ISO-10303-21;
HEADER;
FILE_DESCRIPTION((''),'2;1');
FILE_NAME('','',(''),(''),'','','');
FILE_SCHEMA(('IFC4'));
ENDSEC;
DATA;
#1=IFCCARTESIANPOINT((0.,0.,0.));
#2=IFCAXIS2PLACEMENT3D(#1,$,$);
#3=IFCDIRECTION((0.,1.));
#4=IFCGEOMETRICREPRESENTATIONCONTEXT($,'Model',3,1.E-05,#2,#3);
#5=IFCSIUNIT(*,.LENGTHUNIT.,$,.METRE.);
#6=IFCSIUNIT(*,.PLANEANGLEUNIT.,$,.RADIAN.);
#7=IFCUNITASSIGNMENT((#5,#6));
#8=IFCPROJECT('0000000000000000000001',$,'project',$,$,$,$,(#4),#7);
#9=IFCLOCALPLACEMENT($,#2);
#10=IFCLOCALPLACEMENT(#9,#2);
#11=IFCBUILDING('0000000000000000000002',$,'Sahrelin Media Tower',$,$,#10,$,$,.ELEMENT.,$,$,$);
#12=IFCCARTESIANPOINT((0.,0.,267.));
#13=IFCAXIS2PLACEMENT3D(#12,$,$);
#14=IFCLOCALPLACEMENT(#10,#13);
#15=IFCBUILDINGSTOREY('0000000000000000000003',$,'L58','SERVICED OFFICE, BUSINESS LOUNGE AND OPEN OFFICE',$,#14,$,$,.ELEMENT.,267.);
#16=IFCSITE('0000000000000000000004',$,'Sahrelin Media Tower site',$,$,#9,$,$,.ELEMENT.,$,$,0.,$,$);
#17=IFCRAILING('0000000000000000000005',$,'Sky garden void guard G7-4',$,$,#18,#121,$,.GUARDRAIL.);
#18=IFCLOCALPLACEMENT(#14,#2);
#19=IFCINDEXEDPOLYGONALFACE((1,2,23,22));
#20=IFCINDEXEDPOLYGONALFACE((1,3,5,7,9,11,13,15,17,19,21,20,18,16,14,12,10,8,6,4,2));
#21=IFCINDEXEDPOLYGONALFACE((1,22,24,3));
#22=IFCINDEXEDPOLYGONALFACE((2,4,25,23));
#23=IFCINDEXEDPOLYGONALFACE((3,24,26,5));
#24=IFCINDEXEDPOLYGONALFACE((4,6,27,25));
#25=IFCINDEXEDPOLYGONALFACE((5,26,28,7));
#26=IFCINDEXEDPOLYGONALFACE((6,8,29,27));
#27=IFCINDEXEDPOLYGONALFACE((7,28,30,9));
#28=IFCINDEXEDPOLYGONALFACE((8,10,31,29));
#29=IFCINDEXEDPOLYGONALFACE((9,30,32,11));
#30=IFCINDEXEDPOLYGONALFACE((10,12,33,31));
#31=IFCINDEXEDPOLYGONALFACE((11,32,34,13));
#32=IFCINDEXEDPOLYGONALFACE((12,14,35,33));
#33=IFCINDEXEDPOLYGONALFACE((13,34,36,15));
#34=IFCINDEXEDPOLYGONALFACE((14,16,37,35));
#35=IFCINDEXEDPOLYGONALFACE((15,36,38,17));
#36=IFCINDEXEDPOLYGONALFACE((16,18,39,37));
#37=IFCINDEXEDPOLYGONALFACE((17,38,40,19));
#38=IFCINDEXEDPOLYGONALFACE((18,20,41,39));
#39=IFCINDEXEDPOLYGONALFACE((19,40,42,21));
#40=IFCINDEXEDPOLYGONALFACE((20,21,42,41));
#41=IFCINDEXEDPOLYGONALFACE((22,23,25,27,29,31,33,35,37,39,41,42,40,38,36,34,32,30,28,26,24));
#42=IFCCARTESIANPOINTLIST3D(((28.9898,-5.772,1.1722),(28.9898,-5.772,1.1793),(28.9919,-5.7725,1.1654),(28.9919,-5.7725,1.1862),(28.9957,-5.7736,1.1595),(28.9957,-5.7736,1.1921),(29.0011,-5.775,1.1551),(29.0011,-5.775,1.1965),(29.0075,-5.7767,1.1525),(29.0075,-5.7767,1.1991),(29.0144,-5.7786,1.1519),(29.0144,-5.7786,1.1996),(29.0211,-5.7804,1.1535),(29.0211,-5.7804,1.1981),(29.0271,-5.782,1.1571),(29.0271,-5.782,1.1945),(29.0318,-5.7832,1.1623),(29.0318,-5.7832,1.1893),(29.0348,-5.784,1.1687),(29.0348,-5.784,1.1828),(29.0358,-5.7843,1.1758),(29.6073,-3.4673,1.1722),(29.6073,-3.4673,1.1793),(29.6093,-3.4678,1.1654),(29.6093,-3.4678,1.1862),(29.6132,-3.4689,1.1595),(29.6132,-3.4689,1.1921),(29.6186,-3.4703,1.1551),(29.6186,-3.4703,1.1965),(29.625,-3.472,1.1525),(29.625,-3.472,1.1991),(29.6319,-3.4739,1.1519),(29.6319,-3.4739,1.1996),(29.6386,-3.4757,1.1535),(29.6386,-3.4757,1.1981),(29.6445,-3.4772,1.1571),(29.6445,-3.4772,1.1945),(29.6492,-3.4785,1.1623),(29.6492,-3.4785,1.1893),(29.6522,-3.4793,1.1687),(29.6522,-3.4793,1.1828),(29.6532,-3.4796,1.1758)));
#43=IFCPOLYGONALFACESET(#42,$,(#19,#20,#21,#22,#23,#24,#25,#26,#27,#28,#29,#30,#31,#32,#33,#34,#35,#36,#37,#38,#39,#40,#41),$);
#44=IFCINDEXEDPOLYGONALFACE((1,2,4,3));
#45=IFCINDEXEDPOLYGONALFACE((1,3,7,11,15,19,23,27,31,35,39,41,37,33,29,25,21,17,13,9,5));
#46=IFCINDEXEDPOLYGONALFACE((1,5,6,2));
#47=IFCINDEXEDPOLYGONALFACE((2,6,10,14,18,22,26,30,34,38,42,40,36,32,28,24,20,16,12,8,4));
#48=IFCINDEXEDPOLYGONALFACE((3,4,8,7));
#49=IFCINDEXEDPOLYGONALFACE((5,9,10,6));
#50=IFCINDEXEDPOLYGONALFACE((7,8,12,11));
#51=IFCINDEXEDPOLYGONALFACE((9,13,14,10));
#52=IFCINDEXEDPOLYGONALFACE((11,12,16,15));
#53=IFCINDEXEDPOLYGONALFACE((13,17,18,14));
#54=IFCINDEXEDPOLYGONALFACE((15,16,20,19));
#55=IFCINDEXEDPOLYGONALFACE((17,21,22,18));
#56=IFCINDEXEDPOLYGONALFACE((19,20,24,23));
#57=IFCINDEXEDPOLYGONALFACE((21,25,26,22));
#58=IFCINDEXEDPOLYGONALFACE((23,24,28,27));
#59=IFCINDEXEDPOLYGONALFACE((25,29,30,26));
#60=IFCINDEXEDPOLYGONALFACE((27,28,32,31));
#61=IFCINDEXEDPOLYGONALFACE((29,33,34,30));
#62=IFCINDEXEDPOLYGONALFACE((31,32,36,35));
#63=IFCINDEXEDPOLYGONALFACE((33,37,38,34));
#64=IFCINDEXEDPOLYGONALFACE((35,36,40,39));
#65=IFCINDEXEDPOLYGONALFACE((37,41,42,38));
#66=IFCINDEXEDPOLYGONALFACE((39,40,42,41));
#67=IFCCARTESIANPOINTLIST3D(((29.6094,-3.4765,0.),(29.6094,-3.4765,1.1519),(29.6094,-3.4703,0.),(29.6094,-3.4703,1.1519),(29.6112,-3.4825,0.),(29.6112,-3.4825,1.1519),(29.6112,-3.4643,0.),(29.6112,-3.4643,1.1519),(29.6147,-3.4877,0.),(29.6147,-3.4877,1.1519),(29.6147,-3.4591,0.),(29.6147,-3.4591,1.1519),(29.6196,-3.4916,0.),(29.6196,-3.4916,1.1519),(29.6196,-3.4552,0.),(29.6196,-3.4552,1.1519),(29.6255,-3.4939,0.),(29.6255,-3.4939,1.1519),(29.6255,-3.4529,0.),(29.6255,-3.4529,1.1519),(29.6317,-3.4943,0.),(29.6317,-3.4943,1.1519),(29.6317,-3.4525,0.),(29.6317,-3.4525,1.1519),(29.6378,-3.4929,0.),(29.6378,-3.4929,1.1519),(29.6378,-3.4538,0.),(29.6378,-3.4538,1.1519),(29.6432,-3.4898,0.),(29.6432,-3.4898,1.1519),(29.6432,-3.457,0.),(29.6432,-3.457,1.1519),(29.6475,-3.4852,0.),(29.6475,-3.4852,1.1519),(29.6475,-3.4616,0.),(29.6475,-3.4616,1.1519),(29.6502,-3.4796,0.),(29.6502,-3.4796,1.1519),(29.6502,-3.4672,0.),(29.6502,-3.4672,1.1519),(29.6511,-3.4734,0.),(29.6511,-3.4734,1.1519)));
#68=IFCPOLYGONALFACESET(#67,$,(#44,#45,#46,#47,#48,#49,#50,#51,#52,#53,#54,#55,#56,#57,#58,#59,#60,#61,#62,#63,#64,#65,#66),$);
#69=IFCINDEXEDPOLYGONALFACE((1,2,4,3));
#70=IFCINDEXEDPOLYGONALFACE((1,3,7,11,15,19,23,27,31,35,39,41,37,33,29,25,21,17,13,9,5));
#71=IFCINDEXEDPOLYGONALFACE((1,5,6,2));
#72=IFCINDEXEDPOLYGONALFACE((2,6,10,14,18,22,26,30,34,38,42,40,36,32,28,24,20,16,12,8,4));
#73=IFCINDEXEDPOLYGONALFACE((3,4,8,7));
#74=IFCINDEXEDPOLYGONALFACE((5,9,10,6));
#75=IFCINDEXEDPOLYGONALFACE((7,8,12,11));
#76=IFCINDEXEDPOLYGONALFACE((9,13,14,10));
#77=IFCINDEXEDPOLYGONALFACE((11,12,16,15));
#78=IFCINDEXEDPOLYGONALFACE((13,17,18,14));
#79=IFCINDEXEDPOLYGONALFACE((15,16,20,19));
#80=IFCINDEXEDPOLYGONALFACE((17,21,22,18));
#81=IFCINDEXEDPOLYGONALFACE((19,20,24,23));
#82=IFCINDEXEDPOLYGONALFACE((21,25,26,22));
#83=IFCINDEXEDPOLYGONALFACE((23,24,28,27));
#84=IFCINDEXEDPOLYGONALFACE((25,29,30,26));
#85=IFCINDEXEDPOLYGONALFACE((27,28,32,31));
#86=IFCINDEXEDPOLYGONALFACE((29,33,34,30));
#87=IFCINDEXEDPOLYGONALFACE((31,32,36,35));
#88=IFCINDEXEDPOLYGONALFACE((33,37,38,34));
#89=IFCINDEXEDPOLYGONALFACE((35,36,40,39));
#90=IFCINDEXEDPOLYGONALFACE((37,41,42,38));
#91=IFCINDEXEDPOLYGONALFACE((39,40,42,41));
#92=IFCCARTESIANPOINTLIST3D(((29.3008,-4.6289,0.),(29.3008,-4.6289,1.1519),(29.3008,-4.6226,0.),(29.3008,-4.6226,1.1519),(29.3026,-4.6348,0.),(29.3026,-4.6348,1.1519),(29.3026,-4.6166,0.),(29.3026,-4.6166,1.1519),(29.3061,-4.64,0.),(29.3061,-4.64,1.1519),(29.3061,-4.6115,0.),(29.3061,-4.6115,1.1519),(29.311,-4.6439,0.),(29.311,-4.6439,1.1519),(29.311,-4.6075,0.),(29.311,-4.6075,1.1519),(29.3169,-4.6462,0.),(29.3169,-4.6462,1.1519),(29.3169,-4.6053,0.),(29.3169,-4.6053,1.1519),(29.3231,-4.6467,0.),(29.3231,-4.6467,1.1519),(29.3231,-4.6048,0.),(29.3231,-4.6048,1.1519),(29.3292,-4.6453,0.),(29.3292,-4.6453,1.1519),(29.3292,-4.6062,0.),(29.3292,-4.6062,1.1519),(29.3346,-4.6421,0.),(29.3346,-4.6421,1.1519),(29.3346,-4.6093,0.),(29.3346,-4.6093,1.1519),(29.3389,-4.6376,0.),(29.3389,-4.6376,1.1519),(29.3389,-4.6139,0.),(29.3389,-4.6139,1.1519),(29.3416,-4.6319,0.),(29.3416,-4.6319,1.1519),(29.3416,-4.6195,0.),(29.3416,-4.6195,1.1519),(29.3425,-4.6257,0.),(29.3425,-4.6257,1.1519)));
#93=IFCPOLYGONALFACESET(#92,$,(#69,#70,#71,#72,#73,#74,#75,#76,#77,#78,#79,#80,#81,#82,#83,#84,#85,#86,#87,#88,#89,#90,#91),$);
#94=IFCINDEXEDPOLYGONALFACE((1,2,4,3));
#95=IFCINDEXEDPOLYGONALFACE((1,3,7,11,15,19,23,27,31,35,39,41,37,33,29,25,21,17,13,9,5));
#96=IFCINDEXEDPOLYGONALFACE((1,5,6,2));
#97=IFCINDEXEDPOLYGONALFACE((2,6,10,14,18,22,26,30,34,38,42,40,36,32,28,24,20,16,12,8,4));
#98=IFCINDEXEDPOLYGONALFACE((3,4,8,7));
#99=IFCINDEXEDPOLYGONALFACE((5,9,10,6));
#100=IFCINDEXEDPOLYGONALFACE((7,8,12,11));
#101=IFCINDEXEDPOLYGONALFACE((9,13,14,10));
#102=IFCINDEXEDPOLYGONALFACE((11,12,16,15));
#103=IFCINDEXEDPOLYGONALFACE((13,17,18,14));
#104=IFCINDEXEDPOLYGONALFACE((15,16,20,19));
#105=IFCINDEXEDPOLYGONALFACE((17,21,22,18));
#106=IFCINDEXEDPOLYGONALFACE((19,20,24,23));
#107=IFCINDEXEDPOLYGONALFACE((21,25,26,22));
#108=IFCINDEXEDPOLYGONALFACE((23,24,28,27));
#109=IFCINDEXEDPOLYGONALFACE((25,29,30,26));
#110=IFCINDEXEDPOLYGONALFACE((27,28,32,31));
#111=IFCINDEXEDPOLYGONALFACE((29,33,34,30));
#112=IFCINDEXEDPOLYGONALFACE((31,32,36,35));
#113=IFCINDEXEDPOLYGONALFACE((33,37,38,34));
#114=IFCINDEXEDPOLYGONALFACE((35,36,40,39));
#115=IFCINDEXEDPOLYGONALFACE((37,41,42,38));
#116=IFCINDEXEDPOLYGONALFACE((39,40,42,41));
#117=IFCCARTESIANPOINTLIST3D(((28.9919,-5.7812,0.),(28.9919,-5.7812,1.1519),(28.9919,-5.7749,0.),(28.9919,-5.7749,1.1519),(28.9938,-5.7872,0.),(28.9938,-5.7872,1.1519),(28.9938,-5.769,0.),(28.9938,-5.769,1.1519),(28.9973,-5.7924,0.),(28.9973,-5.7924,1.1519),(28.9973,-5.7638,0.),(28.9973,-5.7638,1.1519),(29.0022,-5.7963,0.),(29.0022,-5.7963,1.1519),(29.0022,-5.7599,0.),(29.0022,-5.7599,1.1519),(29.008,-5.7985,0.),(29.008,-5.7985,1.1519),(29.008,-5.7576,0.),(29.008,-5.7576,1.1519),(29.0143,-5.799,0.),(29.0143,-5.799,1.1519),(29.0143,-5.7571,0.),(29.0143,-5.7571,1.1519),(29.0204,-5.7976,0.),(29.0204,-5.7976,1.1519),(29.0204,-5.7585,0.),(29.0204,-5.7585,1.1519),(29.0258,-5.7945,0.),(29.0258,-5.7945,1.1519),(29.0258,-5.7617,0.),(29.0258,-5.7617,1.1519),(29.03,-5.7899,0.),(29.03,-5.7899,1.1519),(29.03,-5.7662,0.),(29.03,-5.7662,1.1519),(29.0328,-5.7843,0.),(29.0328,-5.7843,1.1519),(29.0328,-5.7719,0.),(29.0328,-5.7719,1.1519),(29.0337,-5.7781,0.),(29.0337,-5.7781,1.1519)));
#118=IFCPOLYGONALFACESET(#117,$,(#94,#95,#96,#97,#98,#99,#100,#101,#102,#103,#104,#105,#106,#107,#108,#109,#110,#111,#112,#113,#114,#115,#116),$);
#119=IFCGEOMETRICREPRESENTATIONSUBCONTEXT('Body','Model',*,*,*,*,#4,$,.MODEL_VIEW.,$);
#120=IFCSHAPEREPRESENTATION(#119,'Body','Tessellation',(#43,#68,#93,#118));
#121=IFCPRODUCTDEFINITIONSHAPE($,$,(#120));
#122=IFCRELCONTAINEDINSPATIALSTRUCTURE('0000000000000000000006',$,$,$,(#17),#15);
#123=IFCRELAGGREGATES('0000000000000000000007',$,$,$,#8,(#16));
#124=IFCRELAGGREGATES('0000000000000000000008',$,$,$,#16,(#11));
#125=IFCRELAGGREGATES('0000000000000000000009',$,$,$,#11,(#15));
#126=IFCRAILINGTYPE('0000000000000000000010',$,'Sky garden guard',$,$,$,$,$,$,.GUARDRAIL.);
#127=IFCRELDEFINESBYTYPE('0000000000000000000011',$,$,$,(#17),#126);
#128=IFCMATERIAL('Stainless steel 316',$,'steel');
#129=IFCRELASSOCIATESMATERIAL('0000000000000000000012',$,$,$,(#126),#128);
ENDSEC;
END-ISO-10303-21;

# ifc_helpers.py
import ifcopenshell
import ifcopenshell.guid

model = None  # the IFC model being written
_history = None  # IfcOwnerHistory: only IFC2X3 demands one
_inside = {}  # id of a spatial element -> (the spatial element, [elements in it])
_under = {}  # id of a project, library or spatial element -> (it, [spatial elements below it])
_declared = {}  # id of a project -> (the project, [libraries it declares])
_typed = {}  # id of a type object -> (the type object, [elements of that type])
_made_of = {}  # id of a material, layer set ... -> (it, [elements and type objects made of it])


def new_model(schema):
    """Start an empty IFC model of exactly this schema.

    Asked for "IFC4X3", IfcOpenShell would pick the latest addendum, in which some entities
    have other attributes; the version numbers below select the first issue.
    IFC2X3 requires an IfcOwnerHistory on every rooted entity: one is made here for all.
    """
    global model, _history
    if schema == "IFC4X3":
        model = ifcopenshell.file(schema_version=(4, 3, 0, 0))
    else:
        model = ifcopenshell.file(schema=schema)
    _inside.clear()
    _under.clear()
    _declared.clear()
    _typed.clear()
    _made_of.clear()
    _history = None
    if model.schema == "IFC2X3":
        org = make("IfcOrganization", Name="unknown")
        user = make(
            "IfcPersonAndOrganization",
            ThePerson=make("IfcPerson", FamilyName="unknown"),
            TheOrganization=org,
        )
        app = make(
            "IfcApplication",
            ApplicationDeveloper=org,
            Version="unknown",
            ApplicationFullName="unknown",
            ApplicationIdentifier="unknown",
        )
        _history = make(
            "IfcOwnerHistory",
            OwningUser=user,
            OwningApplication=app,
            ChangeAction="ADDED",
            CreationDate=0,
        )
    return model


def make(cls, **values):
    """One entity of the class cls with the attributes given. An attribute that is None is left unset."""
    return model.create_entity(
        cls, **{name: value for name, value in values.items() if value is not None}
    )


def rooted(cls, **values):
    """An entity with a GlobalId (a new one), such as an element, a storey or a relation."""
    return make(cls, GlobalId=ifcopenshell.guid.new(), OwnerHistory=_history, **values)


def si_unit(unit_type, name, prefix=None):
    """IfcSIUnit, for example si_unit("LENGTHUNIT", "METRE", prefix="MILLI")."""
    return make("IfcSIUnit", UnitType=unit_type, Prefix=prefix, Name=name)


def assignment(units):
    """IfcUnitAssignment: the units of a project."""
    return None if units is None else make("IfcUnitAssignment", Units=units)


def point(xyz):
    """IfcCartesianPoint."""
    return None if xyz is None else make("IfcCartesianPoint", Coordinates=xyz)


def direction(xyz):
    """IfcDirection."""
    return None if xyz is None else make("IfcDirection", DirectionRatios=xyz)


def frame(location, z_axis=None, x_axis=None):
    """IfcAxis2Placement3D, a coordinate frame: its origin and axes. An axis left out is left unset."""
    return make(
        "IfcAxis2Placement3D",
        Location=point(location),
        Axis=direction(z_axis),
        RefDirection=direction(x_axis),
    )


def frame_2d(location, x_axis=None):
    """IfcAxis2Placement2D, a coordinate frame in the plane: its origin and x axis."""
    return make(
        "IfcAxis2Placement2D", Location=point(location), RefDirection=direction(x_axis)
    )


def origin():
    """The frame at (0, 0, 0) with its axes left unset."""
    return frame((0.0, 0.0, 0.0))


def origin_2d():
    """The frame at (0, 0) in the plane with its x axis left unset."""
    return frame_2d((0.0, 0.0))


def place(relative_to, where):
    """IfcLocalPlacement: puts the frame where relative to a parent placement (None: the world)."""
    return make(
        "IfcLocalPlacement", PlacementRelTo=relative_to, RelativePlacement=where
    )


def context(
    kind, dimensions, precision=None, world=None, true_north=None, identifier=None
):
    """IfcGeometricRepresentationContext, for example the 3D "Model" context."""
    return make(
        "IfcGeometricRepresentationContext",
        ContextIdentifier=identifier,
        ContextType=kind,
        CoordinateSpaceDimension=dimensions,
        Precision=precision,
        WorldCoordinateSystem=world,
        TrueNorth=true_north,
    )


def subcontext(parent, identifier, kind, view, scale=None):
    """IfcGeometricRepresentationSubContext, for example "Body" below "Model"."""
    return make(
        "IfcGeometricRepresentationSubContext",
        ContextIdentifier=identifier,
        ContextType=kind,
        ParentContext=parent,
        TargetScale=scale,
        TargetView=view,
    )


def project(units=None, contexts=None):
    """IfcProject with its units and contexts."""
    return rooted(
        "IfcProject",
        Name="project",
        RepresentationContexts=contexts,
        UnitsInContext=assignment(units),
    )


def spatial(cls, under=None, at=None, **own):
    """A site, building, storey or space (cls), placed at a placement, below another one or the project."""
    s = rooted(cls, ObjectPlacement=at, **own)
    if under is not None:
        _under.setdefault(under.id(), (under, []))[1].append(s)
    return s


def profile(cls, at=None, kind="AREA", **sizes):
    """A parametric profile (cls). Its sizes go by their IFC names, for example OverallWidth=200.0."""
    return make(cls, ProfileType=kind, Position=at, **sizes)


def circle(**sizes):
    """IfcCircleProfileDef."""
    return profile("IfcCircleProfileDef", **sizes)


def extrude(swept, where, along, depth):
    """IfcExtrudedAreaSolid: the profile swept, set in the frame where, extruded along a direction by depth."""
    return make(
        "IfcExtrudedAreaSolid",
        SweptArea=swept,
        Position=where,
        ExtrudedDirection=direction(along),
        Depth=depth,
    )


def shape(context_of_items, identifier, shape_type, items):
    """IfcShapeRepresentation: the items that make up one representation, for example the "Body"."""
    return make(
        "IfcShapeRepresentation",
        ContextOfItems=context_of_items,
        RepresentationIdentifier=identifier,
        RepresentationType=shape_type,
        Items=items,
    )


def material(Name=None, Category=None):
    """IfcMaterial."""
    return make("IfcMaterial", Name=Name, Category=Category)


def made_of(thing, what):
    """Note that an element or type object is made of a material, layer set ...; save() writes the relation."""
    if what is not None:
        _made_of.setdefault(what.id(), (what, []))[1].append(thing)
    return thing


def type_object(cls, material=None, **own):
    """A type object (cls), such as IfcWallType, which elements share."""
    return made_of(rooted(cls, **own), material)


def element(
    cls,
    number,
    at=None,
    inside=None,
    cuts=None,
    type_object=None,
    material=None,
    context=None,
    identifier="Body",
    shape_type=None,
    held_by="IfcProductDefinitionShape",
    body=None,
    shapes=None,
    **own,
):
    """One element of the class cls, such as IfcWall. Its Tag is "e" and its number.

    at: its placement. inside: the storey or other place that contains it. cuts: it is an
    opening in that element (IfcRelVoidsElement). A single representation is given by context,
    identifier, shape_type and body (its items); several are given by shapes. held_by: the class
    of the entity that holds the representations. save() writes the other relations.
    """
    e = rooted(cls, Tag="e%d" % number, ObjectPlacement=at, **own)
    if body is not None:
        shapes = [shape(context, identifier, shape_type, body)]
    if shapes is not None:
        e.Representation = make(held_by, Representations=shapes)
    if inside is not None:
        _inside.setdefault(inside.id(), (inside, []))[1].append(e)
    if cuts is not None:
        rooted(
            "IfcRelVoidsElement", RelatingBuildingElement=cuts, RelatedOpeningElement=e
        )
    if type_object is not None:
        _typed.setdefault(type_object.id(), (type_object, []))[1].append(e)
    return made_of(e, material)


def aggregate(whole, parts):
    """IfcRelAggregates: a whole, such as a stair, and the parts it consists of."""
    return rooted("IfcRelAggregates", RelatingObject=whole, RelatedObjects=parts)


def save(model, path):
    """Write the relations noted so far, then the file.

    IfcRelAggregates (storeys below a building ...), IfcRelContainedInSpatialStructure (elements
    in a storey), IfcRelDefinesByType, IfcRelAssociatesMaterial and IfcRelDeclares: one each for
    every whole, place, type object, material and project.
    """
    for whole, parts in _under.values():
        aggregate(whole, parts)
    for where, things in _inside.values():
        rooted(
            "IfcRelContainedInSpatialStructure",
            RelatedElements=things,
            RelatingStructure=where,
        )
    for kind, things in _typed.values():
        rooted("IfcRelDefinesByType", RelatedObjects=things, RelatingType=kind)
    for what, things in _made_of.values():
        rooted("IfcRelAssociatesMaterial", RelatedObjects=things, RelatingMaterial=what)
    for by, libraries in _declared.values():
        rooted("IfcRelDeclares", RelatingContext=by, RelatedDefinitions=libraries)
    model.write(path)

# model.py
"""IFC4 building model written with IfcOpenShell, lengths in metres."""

from ifc_helpers import new_model, si_unit, direction, frame, origin, origin_2d, place, context, subcontext, project, spatial, circle, extrude, material, type_object, element, save


model = new_model("IFC4")

# Units and contexts
model_context = context("Model", 3, precision=1e-05, world=origin(), true_north=direction((0.0, 1.0)))
body_context = subcontext(model_context, "Body", "Model", "MODEL_VIEW")
ifc_project = project(units=[si_unit("LENGTHUNIT", "METRE"), si_unit("PLANEANGLEUNIT", "RADIAN")], contexts=[model_context])

# Site, building, storey
site_placement = place(None, origin())
site = spatial("IfcSite", under=ifc_project, at=site_placement, Name="Sahrelin Media Tower site", CompositionType="ELEMENT", RefElevation=0.0)
building_placement = place(site_placement, origin())
building = spatial("IfcBuilding", under=site, at=building_placement, Name="Sahrelin Media Tower", CompositionType="ELEMENT")
storey_placement = place(building_placement, frame((0.0, 0.0, 267.0)))
storey = spatial("IfcBuildingStorey", under=building, at=storey_placement, Name="L58", Description="SERVICED OFFICE, BUSINESS LOUNGE AND OPEN OFFICE", CompositionType="ELEMENT", Elevation=267.0)

# Railing
ifc_material_1 = material(Name="Stainless steel 316", Category="steel")
railing_type = type_object("IfcRailingType", Name="Sky garden guard", PredefinedType="GUARDRAIL", material=ifc_material_1)
railing_1_placement = place(storey_placement, frame((29.6301, -3.4734, 0.0)))
element("IfcRailing", 1, at=railing_1_placement, inside=storey, type_object=railing_type, Name="Sky garden void guard G7-4", PredefinedType="GUARDRAIL", context=body_context, shape_type="SweptSolid", body=[
    extrude(circle(Radius=0.0239, at=origin_2d()), frame((0.0, 0.0, 1.1758), z_axis=(-0.258777, -0.965937, 0.0), x_axis=(0.965937, -0.258777, 0.0)), (0.0, 0.0, 1.0), 2.386),
    extrude(circle(Radius=0.021, at=origin_2d()), origin(), (0.0, 0.0, 1.0), 1.1519),
    extrude(circle(Radius=0.021, at=origin_2d()), frame((-0.3086, -1.1523, 0.0)), (0.0, 0.0, 1.0), 1.1519),
    extrude(circle(Radius=0.021, at=origin_2d()), frame((-0.6174, -2.3047, 0.0)), (0.0, 0.0, 1.0), 1.1519),
])

save(model, "model.ifc")
